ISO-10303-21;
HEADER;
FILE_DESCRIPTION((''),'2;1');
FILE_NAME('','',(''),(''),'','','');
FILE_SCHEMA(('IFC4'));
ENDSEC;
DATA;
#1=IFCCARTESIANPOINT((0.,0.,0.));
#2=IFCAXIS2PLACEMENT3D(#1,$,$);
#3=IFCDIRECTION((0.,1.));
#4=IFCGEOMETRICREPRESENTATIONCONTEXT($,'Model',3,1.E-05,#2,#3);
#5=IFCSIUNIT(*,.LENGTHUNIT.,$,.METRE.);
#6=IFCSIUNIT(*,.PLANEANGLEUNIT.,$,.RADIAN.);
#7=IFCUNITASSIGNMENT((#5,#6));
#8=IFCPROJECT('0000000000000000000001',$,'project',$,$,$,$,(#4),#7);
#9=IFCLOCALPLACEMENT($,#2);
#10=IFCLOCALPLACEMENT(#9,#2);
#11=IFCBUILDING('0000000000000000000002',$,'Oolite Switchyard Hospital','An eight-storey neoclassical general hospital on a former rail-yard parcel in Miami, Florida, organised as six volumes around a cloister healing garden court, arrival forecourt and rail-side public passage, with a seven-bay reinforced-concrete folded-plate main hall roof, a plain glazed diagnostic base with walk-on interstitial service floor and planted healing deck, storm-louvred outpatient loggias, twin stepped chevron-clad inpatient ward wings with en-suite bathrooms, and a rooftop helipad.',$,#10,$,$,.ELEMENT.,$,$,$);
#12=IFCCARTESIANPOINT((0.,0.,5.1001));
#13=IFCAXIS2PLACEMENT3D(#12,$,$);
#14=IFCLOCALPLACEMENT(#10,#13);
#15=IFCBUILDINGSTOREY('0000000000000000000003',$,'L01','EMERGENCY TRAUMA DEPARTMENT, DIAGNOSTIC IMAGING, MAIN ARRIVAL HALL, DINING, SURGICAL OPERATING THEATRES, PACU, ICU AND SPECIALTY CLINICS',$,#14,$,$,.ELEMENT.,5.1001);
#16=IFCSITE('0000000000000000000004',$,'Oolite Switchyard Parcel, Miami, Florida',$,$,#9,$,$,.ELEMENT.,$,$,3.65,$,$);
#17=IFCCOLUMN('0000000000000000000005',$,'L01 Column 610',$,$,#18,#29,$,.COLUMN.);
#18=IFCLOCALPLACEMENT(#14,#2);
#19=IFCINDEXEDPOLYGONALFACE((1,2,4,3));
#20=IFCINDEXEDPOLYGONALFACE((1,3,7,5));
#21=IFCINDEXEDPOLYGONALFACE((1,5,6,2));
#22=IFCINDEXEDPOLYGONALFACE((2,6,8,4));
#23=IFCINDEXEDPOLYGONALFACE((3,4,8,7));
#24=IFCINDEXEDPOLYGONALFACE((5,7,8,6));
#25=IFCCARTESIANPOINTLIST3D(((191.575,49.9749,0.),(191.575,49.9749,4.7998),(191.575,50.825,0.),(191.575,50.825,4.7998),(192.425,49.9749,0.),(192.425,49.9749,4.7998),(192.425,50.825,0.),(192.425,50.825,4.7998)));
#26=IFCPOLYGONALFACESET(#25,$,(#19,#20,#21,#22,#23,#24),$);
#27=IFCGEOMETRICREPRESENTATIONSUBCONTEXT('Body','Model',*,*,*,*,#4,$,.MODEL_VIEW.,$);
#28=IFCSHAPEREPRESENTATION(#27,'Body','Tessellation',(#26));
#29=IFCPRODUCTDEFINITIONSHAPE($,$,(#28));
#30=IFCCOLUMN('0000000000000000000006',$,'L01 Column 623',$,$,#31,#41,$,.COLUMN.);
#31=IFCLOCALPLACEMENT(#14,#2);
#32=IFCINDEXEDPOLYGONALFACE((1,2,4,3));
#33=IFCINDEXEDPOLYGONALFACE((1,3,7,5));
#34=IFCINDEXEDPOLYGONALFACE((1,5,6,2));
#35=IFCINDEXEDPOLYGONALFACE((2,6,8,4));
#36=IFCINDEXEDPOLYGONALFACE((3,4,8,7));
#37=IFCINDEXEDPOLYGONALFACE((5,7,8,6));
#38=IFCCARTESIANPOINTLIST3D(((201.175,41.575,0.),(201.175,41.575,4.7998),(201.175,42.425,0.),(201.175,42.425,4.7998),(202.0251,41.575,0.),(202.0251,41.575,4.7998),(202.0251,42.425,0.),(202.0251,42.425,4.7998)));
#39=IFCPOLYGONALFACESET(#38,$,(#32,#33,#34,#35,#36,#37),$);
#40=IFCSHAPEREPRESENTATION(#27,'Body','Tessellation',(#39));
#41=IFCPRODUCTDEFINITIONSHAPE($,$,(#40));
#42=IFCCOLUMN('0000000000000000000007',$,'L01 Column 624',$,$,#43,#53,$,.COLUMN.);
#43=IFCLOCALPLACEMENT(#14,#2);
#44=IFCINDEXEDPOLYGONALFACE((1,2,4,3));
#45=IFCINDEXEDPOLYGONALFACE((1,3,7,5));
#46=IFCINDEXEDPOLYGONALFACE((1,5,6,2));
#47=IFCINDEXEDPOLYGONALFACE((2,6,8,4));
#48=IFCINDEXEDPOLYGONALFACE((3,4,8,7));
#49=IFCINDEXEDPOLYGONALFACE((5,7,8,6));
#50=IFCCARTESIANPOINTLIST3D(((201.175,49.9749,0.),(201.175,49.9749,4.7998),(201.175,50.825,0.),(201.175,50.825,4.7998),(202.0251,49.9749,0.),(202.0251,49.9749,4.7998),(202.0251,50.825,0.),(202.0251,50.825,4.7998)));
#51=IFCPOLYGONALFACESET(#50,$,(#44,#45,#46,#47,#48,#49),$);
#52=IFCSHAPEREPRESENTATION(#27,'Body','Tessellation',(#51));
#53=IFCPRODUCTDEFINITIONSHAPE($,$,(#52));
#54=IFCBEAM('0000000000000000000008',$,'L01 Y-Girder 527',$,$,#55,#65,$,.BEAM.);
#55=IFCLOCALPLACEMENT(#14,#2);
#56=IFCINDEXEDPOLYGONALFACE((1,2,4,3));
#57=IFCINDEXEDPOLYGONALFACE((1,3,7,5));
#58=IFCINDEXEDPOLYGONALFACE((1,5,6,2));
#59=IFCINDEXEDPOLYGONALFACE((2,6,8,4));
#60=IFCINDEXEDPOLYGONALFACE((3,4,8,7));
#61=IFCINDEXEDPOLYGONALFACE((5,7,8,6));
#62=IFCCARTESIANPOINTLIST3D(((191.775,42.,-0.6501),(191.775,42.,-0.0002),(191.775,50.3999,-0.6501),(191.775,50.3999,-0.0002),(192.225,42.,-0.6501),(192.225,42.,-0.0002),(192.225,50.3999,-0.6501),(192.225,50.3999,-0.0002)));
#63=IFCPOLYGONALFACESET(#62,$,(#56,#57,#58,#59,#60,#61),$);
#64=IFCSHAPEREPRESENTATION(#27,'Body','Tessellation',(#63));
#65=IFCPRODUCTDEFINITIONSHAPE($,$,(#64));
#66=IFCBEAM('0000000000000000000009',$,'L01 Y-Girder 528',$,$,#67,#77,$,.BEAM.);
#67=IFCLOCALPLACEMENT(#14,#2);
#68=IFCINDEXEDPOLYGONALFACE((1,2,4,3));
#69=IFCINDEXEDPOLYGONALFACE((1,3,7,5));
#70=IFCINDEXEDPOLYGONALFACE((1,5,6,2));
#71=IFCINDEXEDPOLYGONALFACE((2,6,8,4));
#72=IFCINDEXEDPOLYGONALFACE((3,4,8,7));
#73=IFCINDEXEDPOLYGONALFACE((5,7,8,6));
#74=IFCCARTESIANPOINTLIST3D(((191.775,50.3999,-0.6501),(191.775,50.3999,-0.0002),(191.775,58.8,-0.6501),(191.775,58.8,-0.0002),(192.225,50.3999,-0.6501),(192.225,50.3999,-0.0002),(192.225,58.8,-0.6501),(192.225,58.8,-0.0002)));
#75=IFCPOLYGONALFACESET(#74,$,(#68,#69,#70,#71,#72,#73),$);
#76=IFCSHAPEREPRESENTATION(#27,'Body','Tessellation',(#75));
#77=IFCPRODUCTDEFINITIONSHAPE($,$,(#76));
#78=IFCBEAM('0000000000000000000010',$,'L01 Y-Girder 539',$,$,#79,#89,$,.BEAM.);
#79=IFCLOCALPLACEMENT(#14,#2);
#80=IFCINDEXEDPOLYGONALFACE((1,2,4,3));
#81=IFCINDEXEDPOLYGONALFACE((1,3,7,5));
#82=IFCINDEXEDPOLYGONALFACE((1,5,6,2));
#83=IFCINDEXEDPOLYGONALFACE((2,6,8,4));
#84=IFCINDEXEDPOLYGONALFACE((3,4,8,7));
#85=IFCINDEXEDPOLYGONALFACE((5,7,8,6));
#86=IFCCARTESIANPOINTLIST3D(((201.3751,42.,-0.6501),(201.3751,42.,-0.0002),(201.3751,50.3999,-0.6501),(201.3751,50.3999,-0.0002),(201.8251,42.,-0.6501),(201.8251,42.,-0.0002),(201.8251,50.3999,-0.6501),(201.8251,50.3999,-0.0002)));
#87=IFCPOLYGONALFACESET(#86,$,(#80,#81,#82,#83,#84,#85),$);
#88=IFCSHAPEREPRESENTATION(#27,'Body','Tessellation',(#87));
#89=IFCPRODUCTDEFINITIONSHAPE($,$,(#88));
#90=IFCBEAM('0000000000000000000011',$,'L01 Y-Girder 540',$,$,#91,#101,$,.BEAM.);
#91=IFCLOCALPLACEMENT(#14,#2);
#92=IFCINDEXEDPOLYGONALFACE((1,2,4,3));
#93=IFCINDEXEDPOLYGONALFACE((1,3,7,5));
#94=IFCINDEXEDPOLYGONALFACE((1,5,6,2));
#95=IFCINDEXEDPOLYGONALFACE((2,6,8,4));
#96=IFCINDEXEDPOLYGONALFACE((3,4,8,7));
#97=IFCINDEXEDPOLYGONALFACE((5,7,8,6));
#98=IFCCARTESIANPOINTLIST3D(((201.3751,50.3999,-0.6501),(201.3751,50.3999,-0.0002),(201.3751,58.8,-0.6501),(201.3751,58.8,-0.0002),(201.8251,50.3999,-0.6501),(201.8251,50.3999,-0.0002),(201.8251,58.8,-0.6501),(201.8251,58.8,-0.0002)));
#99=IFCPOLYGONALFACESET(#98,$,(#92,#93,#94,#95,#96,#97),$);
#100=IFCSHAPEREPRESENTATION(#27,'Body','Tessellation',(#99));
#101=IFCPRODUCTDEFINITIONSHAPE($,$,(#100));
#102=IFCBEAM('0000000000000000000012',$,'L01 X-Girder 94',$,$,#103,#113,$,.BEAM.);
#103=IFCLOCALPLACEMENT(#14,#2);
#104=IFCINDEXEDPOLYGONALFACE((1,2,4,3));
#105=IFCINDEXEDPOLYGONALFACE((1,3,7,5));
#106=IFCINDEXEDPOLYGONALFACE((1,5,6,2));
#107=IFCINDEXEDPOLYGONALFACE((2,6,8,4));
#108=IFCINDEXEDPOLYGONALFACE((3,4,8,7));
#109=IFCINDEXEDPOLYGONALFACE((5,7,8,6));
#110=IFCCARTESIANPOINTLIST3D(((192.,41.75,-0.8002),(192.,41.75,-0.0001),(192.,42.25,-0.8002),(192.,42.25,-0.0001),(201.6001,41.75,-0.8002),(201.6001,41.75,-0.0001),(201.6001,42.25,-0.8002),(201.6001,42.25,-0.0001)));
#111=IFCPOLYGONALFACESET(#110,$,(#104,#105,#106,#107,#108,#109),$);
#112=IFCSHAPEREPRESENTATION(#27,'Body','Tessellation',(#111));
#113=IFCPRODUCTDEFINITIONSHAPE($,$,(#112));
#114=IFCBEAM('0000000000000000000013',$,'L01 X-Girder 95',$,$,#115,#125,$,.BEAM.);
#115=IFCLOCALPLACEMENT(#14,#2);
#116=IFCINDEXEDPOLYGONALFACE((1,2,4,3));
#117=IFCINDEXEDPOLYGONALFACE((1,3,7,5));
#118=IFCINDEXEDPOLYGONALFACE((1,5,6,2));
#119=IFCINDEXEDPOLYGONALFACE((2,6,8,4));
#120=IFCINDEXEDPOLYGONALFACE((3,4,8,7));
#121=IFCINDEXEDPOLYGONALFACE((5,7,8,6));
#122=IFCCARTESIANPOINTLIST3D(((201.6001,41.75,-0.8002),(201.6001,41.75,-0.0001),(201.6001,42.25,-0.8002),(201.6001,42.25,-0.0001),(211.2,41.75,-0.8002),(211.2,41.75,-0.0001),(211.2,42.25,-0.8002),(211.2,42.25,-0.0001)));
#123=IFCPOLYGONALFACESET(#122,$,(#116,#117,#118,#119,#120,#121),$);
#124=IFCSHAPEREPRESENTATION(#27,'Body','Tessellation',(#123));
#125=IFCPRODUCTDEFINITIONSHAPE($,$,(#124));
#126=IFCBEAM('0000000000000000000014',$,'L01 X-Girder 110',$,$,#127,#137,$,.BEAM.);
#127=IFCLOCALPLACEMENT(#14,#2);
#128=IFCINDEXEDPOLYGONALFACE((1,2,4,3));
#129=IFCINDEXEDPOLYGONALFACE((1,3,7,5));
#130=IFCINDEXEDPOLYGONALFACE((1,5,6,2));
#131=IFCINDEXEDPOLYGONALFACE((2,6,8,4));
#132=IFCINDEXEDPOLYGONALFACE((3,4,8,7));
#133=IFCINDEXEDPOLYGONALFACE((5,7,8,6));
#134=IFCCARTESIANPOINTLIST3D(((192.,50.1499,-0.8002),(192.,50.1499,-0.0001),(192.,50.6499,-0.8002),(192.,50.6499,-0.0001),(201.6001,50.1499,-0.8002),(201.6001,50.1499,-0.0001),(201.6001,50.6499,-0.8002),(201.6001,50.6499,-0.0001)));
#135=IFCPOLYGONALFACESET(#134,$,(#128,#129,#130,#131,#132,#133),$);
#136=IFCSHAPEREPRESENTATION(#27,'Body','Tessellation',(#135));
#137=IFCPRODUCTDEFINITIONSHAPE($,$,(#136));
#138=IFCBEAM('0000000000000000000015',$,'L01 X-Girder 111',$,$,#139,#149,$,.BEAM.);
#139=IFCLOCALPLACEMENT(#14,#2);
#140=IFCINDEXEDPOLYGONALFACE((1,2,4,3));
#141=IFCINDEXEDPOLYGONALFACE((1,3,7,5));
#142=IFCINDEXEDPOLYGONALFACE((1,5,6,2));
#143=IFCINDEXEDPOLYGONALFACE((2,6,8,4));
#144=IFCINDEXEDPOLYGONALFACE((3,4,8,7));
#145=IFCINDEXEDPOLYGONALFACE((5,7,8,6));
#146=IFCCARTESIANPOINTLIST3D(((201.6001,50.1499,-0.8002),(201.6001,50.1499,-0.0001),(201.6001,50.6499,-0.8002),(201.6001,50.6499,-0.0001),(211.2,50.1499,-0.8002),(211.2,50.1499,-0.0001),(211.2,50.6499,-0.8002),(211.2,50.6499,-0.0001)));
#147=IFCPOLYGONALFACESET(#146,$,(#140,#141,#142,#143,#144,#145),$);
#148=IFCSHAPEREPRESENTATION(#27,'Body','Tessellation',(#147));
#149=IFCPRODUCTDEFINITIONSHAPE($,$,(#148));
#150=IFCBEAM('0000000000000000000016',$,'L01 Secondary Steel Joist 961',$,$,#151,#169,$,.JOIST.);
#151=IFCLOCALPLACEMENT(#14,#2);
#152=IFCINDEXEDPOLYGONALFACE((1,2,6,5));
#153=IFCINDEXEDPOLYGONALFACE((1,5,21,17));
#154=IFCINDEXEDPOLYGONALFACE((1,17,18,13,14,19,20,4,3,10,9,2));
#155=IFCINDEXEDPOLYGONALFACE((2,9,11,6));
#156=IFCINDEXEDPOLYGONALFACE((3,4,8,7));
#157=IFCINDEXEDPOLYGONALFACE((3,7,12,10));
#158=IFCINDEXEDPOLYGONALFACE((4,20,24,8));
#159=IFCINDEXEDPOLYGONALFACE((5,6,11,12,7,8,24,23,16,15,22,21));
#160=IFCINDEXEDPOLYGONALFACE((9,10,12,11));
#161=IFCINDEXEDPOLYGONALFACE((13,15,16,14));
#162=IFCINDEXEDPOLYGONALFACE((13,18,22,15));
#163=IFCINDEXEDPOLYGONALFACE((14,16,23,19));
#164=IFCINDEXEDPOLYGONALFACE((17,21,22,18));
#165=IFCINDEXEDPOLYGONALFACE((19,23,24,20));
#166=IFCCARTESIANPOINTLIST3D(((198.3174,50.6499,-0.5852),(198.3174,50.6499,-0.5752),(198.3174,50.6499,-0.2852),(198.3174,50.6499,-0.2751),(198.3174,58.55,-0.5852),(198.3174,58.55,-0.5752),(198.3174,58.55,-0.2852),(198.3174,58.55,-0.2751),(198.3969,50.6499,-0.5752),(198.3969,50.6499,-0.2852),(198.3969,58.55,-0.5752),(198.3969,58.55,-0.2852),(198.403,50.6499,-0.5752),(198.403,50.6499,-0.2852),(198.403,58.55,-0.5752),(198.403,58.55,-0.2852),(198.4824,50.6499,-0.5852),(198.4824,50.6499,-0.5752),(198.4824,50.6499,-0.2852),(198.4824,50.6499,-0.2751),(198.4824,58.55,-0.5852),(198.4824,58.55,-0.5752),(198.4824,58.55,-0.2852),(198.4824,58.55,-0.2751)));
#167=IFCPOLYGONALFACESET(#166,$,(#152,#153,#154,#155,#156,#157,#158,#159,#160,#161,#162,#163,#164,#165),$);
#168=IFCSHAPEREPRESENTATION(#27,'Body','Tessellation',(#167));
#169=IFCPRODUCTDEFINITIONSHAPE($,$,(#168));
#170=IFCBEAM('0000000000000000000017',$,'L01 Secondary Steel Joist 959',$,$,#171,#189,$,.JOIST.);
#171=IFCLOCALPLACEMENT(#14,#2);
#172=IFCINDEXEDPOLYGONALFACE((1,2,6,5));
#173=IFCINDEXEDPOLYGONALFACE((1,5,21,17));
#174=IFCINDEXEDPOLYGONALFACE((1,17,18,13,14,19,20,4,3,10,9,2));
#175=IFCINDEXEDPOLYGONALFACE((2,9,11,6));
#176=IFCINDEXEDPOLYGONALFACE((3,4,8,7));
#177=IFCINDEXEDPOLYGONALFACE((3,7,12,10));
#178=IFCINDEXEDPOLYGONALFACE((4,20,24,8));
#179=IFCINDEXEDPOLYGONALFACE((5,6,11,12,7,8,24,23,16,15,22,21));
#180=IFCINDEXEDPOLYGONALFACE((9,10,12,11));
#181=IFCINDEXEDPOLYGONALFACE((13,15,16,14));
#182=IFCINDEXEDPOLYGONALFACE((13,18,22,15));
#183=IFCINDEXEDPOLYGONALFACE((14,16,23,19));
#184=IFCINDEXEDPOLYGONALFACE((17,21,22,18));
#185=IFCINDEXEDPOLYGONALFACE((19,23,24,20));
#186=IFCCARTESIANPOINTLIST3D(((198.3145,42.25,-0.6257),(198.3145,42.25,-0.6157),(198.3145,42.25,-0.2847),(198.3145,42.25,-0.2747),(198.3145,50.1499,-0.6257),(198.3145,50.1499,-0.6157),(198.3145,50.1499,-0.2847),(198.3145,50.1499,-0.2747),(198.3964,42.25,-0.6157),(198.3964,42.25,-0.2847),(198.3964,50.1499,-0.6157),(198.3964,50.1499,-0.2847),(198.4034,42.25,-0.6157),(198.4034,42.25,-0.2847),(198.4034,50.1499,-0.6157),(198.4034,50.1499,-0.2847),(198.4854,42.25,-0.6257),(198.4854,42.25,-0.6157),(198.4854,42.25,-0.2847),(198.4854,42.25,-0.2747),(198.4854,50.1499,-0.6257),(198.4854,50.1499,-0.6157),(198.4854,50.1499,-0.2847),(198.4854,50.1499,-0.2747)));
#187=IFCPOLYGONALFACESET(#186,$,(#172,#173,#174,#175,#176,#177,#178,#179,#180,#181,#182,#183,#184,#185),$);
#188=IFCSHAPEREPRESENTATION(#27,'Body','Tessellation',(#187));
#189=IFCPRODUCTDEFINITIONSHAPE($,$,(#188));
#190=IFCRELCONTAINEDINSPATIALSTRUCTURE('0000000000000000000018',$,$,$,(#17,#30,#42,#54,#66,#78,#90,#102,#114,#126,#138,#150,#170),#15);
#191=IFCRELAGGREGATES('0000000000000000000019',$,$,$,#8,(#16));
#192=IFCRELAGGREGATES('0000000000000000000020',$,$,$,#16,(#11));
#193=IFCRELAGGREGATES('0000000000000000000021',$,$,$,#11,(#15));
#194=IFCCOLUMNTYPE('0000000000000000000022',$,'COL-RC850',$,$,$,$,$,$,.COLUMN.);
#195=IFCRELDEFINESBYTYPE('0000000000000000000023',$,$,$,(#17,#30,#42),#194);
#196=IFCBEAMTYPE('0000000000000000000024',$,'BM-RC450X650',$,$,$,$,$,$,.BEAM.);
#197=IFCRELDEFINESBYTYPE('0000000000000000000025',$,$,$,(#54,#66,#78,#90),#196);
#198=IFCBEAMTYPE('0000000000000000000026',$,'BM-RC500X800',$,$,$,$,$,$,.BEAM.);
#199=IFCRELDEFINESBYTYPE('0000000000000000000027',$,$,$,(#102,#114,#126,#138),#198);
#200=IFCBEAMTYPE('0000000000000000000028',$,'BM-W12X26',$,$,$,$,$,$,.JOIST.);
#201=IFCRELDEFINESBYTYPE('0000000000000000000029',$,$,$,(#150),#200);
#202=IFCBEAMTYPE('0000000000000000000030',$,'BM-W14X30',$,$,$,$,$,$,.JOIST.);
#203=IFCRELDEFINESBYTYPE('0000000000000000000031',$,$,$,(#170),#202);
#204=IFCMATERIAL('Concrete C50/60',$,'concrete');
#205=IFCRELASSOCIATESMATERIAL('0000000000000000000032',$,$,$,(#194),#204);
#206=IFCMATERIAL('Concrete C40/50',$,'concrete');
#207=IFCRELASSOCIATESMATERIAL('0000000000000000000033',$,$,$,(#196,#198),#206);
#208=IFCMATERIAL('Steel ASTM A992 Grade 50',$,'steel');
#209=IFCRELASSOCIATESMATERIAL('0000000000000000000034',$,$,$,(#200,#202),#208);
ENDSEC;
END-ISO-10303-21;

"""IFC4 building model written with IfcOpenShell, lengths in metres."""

from ifc_helpers import new_model, si_unit, direction, frame, origin, origin_2d, place, context, subcontext, project, spatial, rectangle, i_section, extrude, material, material_profile, profile_set, type_object, element, save


model = new_model("IFC4")

# Units and contexts
model_context = context("Model", 3, precision=1e-05, world=origin(), true_north=direction((0.0, 1.0)))
body_context = subcontext(model_context, "Body", "Model", "MODEL_VIEW")
ifc_project = project(units=[si_unit("LENGTHUNIT", "METRE"), si_unit("PLANEANGLEUNIT", "RADIAN")], contexts=[model_context])

# Site, building, storey
site_placement = place(None, origin())
site = spatial("IfcSite", under=ifc_project, at=site_placement, Name="Oolite Switchyard Parcel, Miami, Florida", CompositionType="ELEMENT", RefElevation=3.65)
building_placement = place(site_placement, origin())
building = spatial("IfcBuilding", under=site, at=building_placement, Name="Oolite Switchyard Hospital", Description="An eight-storey neoclassical general hospital on a former rail-yard parcel in Miami, Florida, organised as six volumes around a cloister healing garden court, arrival forecourt and rail-side public passage, with a seven-bay reinforced-concrete folded-plate main hall roof, a plain glazed diagnostic base with walk-on interstitial service floor and planted healing deck, storm-louvred outpatient loggias, twin stepped chevron-clad inpatient ward wings with en-suite bathrooms, and a rooftop helipad.", CompositionType="ELEMENT")
storey_placement = place(building_placement, frame((0.0, 0.0, 5.1001)))
storey = spatial("IfcBuildingStorey", under=building, at=storey_placement, Name="L01", Description="EMERGENCY TRAUMA DEPARTMENT, DIAGNOSTIC IMAGING, MAIN ARRIVAL HALL, DINING, SURGICAL OPERATING THEATRES, PACU, ICU AND SPECIALTY CLINICS", CompositionType="ELEMENT", Elevation=5.1001)

# Columns
ifc_material_1 = material(Name="Concrete C50/60", Category="concrete")
ifc_material_profile_1 = material_profile(ifc_material_1, rectangle(XDim=0.8501, YDim=0.8501, at=origin_2d()), Name="RC850X850")
ifc_profile_set_1 = profile_set([ifc_material_profile_1], Name="Concrete C50/60")
column_type = type_object("IfcColumnType", Name="COL-RC850", PredefinedType="COLUMN", material=ifc_profile_set_1)
for number, where, z_axis, x_axis, name in (
    (1, (192.0, 50.3999, 0.0), (0.0, 0.0, 1.0), (1.0, 0.0, 0.0), "L01 Column 610"),
    (2, (201.6001, 42.0, 0.0), (0.0, 0.0, 1.0), (1.0, 0.0, 0.0), "L01 Column 623"),
    (3, (201.6001, 50.3999, 0.0), (0.0, 0.0, 1.0), (1.0, 0.0, 0.0), "L01 Column 624"),
):
    element("IfcColumn", number, at=place(storey_placement, frame(where, z_axis=z_axis, x_axis=x_axis)), inside=storey, type_object=column_type, Name=name, PredefinedType="COLUMN", context=body_context, shape_type="SweptSolid", body=[
        extrude(rectangle(XDim=0.8501, YDim=0.8501, at=origin_2d()), origin(), (0.0, 0.0, 1.0), 4.7998),
    ])

# Beams
ifc_material_2 = material(Name="Concrete C40/50", Category="concrete")
ifc_material_profile_2 = material_profile(ifc_material_2, rectangle(XDim=0.45, YDim=0.6499, at=origin_2d()), Name="RCB450X650")
ifc_profile_set_2 = profile_set([ifc_material_profile_2], Name="Concrete C40/50")
beam_type_1 = type_object("IfcBeamType", Name="BM-RC450X650", PredefinedType="BEAM", material=ifc_profile_set_2)
beam_1_placement = place(storey_placement, frame((192.0, 42.0, -0.3252), z_axis=(0.0, 1.0, 0.0), x_axis=(-1.0, 0.0, 0.0)))
element("IfcBeam", 4, at=beam_1_placement, inside=storey, type_object=beam_type_1, Name="L01 Y-Girder 527", PredefinedType="BEAM", context=body_context, shape_type="SweptSolid", body=[
    extrude(rectangle(XDim=0.45, YDim=0.6499, at=origin_2d()), origin(), (0.0, 0.0, 1.0), 8.3999),
])
beam_2_placement = place(storey_placement, frame((192.0, 50.3999, -0.3252), z_axis=(0.0, 1.0, 0.0), x_axis=(-1.0, 0.0, 0.0)))
element("IfcBeam", 5, at=beam_2_placement, inside=storey, type_object=beam_type_1, Name="L01 Y-Girder 528", PredefinedType="BEAM", context=body_context, shape_type="SweptSolid", body=[
    extrude(rectangle(XDim=0.45, YDim=0.6499, at=origin_2d()), origin(), (0.0, 0.0, 1.0), 8.4001),
])
beam_3_placement = place(storey_placement, frame((201.6001, 42.0, -0.3252), z_axis=(0.0, 1.0, 0.0), x_axis=(-1.0, 0.0, 0.0)))
element("IfcBeam", 6, at=beam_3_placement, inside=storey, type_object=beam_type_1, Name="L01 Y-Girder 539", PredefinedType="BEAM", context=body_context, shape_type="SweptSolid", body=[
    extrude(rectangle(XDim=0.45, YDim=0.6499, at=origin_2d()), origin(), (0.0, 0.0, 1.0), 8.3999),
])
beam_4_placement = place(storey_placement, frame((201.6001, 50.3999, -0.3252), z_axis=(0.0, 1.0, 0.0), x_axis=(-1.0, 0.0, 0.0)))
element("IfcBeam", 7, at=beam_4_placement, inside=storey, type_object=beam_type_1, Name="L01 Y-Girder 540", PredefinedType="BEAM", context=body_context, shape_type="SweptSolid", body=[
    extrude(rectangle(XDim=0.45, YDim=0.6499, at=origin_2d()), origin(), (0.0, 0.0, 1.0), 8.4001),
])
ifc_material_profile_3 = material_profile(ifc_material_2, rectangle(XDim=0.5, YDim=0.8, at=origin_2d()), Name="RCB500X800")
ifc_profile_set_3 = profile_set([ifc_material_profile_3], Name="Concrete C40/50")
beam_type_2 = type_object("IfcBeamType", Name="BM-RC500X800", PredefinedType="BEAM", material=ifc_profile_set_3)
beam_5_placement = place(storey_placement, frame((192.0, 42.0, -0.4001), z_axis=(1.0, 0.0, 0.0), x_axis=(0.0, 1.0, 0.0)))
element("IfcBeam", 8, at=beam_5_placement, inside=storey, type_object=beam_type_2, Name="L01 X-Girder 94", PredefinedType="BEAM", context=body_context, shape_type="SweptSolid", body=[
    extrude(rectangle(XDim=0.5, YDim=0.8, at=origin_2d()), origin(), (0.0, 0.0, 1.0), 9.6001),
])
beam_6_placement = place(storey_placement, frame((201.6001, 42.0, -0.4001), z_axis=(1.0, 0.0, 0.0), x_axis=(0.0, 1.0, 0.0)))
element("IfcBeam", 9, at=beam_6_placement, inside=storey, type_object=beam_type_2, Name="L01 X-Girder 95", PredefinedType="BEAM", context=body_context, shape_type="SweptSolid", body=[
    extrude(rectangle(XDim=0.5, YDim=0.8, at=origin_2d()), origin(), (0.0, 0.0, 1.0), 9.5999),
])
beam_7_placement = place(storey_placement, frame((192.0, 50.3999, -0.4001), z_axis=(1.0, 0.0, 0.0), x_axis=(0.0, 1.0, 0.0)))
element("IfcBeam", 10, at=beam_7_placement, inside=storey, type_object=beam_type_2, Name="L01 X-Girder 110", PredefinedType="BEAM", context=body_context, shape_type="SweptSolid", body=[
    extrude(rectangle(XDim=0.5, YDim=0.8, at=origin_2d()), origin(), (0.0, 0.0, 1.0), 9.6001),
])
beam_8_placement = place(storey_placement, frame((201.6001, 50.3999, -0.4001), z_axis=(1.0, 0.0, 0.0), x_axis=(0.0, 1.0, 0.0)))
element("IfcBeam", 11, at=beam_8_placement, inside=storey, type_object=beam_type_2, Name="L01 X-Girder 111", PredefinedType="BEAM", context=body_context, shape_type="SweptSolid", body=[
    extrude(rectangle(XDim=0.5, YDim=0.8, at=origin_2d()), origin(), (0.0, 0.0, 1.0), 9.5999),
])
ifc_material_3 = material(Name="Steel ASTM A992 Grade 50", Category="steel")
ifc_material_profile_4 = material_profile(ifc_material_3, i_section(OverallWidth=0.165, OverallDepth=0.3101, WebThickness=0.0061, FlangeThickness=0.01, at=origin_2d()), Name="W12X26")
ifc_profile_set_4 = profile_set([ifc_material_profile_4], Name="Steel ASTM A992 Grade 50")
beam_type_3 = type_object("IfcBeamType", Name="BM-W12X26", PredefinedType="JOIST", material=ifc_profile_set_4)
beam_9_placement = place(storey_placement, frame((198.3999, 50.6499, -0.4302), z_axis=(0.0, 1.0, 0.0), x_axis=(-1.0, 0.0, 0.0)))
element("IfcBeam", 12, at=beam_9_placement, inside=storey, type_object=beam_type_3, Name="L01 Secondary Steel Joist 961", PredefinedType="JOIST", context=body_context, shape_type="SweptSolid", body=[
    extrude(i_section(OverallWidth=0.165, OverallDepth=0.3101, WebThickness=0.0061, FlangeThickness=0.01, at=origin_2d()), origin(), (0.0, 0.0, 1.0), 7.9001),
])
ifc_material_profile_5 = material_profile(ifc_material_3, i_section(OverallWidth=0.1709, OverallDepth=0.3511, WebThickness=0.0071, FlangeThickness=0.01, at=origin_2d()), Name="W14X30")
ifc_profile_set_5 = profile_set([ifc_material_profile_5], Name="Steel ASTM A992 Grade 50")
beam_type_4 = type_object("IfcBeamType", Name="BM-W14X30", PredefinedType="JOIST", material=ifc_profile_set_5)
beam_10_placement = place(storey_placement, frame((198.3999, 42.25, -0.4502), z_axis=(0.0, 1.0, 0.0), x_axis=(-1.0, 0.0, 0.0)))
element("IfcBeam", 13, at=beam_10_placement, inside=storey, type_object=beam_type_4, Name="L01 Secondary Steel Joist 959", PredefinedType="JOIST", context=body_context, shape_type="SweptSolid", body=[
    extrude(i_section(OverallWidth=0.1709, OverallDepth=0.3511, WebThickness=0.0071, FlangeThickness=0.01, at=origin_2d()), origin(), (0.0, 0.0, 1.0), 7.8999),
])

save(model, "model.ifc")
